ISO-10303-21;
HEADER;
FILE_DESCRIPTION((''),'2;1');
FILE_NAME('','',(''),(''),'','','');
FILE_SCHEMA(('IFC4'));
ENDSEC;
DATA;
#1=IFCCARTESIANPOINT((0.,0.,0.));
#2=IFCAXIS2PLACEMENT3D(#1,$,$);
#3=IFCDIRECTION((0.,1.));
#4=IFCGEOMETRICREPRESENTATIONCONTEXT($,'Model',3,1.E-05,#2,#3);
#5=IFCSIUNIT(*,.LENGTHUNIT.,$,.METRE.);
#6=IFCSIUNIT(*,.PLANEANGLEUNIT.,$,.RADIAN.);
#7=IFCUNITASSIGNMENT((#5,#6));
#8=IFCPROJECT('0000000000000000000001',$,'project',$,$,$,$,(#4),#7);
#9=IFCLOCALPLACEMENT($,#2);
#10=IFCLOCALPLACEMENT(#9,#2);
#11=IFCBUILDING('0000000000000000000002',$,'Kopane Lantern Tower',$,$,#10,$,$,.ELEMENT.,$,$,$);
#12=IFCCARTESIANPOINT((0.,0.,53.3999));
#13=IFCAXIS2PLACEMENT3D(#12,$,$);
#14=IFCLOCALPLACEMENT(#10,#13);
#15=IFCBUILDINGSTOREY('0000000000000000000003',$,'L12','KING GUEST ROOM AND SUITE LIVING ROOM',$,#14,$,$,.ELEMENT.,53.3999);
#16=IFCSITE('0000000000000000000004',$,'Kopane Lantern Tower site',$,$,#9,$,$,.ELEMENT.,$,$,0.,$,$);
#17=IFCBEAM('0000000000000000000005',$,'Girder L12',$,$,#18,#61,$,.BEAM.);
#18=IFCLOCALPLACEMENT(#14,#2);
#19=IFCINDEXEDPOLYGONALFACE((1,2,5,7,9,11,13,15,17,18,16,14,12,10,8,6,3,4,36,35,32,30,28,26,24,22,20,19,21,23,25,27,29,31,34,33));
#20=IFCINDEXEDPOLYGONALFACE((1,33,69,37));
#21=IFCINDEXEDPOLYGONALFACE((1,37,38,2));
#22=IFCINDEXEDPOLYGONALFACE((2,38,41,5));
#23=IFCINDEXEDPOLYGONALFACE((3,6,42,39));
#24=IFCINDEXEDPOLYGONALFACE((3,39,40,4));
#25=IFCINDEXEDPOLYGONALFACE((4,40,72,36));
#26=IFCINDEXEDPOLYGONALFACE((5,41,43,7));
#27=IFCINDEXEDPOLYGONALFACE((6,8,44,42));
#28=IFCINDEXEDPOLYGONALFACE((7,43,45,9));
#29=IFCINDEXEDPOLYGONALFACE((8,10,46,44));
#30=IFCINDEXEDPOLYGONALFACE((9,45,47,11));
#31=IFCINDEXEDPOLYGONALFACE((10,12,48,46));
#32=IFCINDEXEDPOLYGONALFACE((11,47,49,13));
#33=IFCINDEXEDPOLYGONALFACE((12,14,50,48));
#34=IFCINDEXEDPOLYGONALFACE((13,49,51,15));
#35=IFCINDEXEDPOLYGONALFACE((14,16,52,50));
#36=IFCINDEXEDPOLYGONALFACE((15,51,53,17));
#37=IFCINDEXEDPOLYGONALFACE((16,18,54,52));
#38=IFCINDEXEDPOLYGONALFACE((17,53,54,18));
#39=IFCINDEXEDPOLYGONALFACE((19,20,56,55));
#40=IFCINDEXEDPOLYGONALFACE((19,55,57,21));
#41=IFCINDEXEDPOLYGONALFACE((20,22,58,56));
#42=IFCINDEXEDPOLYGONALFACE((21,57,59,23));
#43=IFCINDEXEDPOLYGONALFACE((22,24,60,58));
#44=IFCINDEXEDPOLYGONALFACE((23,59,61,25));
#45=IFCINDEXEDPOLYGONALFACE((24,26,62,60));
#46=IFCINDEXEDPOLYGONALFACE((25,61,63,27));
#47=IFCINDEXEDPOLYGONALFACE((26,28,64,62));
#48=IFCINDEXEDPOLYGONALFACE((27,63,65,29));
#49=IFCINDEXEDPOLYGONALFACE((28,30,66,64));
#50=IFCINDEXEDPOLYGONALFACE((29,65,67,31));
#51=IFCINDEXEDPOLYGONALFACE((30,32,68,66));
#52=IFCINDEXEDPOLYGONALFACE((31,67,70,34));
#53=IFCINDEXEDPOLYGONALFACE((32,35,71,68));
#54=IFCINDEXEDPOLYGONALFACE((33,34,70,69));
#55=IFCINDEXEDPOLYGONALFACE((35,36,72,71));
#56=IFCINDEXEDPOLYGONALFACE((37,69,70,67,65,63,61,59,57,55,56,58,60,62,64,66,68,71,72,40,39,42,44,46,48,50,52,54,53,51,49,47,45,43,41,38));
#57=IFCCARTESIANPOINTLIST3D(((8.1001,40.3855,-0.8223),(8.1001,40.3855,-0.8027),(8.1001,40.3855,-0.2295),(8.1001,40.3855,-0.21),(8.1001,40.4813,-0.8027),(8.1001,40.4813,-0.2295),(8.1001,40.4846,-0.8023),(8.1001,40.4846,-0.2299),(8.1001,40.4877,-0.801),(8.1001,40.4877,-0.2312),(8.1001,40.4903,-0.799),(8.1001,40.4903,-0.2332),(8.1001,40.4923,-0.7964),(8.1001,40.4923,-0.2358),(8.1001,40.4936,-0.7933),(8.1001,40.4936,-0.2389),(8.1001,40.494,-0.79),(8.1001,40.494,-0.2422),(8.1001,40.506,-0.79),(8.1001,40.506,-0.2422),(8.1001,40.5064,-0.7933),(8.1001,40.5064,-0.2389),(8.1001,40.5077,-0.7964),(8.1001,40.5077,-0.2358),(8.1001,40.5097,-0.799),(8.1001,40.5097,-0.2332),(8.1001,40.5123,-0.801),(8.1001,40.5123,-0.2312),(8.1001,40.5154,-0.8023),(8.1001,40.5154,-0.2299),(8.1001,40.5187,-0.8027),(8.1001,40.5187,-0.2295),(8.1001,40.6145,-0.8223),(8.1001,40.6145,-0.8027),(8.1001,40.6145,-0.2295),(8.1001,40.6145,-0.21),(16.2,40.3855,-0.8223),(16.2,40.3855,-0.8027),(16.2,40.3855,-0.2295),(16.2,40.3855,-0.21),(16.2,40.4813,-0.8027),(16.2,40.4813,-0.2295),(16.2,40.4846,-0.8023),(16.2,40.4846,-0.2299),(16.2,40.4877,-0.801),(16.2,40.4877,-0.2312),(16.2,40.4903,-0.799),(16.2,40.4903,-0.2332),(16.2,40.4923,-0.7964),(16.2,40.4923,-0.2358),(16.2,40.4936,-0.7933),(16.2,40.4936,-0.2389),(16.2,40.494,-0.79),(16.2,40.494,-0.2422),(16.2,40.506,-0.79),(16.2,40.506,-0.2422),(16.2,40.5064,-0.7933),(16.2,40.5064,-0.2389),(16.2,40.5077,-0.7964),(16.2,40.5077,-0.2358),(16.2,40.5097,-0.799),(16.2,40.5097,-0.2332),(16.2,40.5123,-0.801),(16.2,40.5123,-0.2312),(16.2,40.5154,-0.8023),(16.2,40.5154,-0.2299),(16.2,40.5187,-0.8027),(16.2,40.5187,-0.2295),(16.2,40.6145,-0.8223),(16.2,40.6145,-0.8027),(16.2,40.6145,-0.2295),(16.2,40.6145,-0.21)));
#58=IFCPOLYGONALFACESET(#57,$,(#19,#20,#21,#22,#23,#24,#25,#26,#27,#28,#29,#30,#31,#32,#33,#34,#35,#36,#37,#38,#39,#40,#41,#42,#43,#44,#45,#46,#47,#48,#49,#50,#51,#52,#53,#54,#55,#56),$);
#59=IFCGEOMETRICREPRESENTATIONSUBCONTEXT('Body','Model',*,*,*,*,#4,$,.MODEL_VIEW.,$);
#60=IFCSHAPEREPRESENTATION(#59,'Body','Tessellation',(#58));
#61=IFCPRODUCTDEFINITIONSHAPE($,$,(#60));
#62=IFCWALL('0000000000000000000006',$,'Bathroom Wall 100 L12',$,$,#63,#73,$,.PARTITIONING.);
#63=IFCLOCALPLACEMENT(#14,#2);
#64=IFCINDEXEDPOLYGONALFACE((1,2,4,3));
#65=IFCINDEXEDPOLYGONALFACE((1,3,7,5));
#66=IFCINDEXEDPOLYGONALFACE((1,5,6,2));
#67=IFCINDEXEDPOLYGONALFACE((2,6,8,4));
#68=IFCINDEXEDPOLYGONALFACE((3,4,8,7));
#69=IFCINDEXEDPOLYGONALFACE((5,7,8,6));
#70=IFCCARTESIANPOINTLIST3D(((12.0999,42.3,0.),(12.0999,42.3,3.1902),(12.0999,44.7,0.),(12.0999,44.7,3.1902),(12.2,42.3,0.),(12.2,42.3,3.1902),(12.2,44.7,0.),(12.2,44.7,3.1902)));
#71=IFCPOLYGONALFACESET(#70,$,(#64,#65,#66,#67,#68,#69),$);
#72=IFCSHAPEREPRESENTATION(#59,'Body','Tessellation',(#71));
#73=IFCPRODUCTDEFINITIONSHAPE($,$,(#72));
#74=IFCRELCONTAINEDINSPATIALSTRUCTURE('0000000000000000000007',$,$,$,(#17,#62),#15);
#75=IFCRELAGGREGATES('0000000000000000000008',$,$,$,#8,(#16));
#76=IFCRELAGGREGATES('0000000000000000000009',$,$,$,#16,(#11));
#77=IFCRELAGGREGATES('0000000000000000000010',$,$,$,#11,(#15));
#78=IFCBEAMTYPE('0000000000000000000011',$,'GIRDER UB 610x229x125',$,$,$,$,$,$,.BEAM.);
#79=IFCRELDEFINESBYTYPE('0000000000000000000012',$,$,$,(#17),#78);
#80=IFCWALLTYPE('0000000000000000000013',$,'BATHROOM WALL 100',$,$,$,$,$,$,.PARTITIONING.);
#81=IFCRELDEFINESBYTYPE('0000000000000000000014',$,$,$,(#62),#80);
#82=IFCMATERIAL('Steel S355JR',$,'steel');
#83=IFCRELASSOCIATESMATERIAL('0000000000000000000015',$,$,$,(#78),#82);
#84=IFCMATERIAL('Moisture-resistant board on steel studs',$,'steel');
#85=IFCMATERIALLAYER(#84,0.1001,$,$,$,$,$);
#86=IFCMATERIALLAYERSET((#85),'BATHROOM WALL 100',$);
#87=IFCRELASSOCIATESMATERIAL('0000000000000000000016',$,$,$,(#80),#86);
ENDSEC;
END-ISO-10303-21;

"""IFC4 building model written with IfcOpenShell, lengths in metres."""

from ifc_helpers import new_model, si_unit, direction, frame, frame_2d, origin, origin_2d, place, context, subcontext, project, spatial, rectangle, i_section, extrude, material, layer, layer_set, material_profile, profile_set, type_object, element, save


model = new_model("IFC4")

# Units and contexts
model_context = context("Model", 3, precision=1e-05, world=origin(), true_north=direction((0.0, 1.0)))
body_context = subcontext(model_context, "Body", "Model", "MODEL_VIEW")
ifc_project = project(units=[si_unit("LENGTHUNIT", "METRE"), si_unit("PLANEANGLEUNIT", "RADIAN")], contexts=[model_context])

# Site, building, storey
site_placement = place(None, origin())
site = spatial("IfcSite", under=ifc_project, at=site_placement, Name="Kopane Lantern Tower site", CompositionType="ELEMENT", RefElevation=0.0)
building_placement = place(site_placement, origin())
building = spatial("IfcBuilding", under=site, at=building_placement, Name="Kopane Lantern Tower", CompositionType="ELEMENT")
storey_placement = place(building_placement, frame((0.0, 0.0, 53.3999)))
storey = spatial("IfcBuildingStorey", under=building, at=storey_placement, Name="L12", Description="KING GUEST ROOM AND SUITE LIVING ROOM", CompositionType="ELEMENT", Elevation=53.3999)

# Beam
ifc_material_1 = material(Name="Steel S355JR", Category="steel")
ifc_material_profile = material_profile(ifc_material_1, i_section(OverallWidth=0.229, OverallDepth=0.6123, WebThickness=0.012, FlangeThickness=0.0195, FilletRadius=0.0127, at=origin_2d()), Name="UB 610x229x125")
ifc_profile_set = profile_set([ifc_material_profile], Name="Steel S355JR")
beam_type = type_object("IfcBeamType", Name="GIRDER UB 610x229x125", PredefinedType="BEAM", material=ifc_profile_set)
beam_placement = place(storey_placement, frame((8.1001, 40.5, -0.5161), z_axis=(1.0, 0.0, 0.0), x_axis=(0.0, 1.0, 0.0)))
element("IfcBeam", 1, at=beam_placement, inside=storey, type_object=beam_type, Name="Girder L12", PredefinedType="BEAM", context=body_context, shape_type="SweptSolid", body=[
    extrude(i_section(OverallWidth=0.229, OverallDepth=0.6123, WebThickness=0.012, FlangeThickness=0.0195, FilletRadius=0.0127, at=origin_2d()), origin(), (0.0, 0.0, 1.0), 8.0999),
])

# Wall
ifc_material_2 = material(Name="Moisture-resistant board on steel studs", Category="steel")
ifc_layer_1 = layer(ifc_material_2, 0.1001)
ifc_layer_set_1 = layer_set([ifc_layer_1], Name="BATHROOM WALL 100")
wall_type_1 = type_object("IfcWallType", Name="BATHROOM WALL 100", PredefinedType="PARTITIONING", material=ifc_layer_set_1)
wall_1_placement = place(storey_placement, frame((12.1499, 42.3, 0.0), z_axis=(0.0, 0.0, 1.0), x_axis=(0.0, 1.0, 0.0)))
element("IfcWall", 2, at=wall_1_placement, inside=storey, type_object=wall_type_1, Name="Bathroom Wall 100 L12", PredefinedType="PARTITIONING", context=body_context, shape_type="SweptSolid", body=[
    extrude(rectangle(XDim=2.3999, YDim=0.1001, at=frame_2d((1.2, 0.0))), origin(), (0.0, 0.0, 1.0), 3.1902),
])

save(model, "model.ifc")
